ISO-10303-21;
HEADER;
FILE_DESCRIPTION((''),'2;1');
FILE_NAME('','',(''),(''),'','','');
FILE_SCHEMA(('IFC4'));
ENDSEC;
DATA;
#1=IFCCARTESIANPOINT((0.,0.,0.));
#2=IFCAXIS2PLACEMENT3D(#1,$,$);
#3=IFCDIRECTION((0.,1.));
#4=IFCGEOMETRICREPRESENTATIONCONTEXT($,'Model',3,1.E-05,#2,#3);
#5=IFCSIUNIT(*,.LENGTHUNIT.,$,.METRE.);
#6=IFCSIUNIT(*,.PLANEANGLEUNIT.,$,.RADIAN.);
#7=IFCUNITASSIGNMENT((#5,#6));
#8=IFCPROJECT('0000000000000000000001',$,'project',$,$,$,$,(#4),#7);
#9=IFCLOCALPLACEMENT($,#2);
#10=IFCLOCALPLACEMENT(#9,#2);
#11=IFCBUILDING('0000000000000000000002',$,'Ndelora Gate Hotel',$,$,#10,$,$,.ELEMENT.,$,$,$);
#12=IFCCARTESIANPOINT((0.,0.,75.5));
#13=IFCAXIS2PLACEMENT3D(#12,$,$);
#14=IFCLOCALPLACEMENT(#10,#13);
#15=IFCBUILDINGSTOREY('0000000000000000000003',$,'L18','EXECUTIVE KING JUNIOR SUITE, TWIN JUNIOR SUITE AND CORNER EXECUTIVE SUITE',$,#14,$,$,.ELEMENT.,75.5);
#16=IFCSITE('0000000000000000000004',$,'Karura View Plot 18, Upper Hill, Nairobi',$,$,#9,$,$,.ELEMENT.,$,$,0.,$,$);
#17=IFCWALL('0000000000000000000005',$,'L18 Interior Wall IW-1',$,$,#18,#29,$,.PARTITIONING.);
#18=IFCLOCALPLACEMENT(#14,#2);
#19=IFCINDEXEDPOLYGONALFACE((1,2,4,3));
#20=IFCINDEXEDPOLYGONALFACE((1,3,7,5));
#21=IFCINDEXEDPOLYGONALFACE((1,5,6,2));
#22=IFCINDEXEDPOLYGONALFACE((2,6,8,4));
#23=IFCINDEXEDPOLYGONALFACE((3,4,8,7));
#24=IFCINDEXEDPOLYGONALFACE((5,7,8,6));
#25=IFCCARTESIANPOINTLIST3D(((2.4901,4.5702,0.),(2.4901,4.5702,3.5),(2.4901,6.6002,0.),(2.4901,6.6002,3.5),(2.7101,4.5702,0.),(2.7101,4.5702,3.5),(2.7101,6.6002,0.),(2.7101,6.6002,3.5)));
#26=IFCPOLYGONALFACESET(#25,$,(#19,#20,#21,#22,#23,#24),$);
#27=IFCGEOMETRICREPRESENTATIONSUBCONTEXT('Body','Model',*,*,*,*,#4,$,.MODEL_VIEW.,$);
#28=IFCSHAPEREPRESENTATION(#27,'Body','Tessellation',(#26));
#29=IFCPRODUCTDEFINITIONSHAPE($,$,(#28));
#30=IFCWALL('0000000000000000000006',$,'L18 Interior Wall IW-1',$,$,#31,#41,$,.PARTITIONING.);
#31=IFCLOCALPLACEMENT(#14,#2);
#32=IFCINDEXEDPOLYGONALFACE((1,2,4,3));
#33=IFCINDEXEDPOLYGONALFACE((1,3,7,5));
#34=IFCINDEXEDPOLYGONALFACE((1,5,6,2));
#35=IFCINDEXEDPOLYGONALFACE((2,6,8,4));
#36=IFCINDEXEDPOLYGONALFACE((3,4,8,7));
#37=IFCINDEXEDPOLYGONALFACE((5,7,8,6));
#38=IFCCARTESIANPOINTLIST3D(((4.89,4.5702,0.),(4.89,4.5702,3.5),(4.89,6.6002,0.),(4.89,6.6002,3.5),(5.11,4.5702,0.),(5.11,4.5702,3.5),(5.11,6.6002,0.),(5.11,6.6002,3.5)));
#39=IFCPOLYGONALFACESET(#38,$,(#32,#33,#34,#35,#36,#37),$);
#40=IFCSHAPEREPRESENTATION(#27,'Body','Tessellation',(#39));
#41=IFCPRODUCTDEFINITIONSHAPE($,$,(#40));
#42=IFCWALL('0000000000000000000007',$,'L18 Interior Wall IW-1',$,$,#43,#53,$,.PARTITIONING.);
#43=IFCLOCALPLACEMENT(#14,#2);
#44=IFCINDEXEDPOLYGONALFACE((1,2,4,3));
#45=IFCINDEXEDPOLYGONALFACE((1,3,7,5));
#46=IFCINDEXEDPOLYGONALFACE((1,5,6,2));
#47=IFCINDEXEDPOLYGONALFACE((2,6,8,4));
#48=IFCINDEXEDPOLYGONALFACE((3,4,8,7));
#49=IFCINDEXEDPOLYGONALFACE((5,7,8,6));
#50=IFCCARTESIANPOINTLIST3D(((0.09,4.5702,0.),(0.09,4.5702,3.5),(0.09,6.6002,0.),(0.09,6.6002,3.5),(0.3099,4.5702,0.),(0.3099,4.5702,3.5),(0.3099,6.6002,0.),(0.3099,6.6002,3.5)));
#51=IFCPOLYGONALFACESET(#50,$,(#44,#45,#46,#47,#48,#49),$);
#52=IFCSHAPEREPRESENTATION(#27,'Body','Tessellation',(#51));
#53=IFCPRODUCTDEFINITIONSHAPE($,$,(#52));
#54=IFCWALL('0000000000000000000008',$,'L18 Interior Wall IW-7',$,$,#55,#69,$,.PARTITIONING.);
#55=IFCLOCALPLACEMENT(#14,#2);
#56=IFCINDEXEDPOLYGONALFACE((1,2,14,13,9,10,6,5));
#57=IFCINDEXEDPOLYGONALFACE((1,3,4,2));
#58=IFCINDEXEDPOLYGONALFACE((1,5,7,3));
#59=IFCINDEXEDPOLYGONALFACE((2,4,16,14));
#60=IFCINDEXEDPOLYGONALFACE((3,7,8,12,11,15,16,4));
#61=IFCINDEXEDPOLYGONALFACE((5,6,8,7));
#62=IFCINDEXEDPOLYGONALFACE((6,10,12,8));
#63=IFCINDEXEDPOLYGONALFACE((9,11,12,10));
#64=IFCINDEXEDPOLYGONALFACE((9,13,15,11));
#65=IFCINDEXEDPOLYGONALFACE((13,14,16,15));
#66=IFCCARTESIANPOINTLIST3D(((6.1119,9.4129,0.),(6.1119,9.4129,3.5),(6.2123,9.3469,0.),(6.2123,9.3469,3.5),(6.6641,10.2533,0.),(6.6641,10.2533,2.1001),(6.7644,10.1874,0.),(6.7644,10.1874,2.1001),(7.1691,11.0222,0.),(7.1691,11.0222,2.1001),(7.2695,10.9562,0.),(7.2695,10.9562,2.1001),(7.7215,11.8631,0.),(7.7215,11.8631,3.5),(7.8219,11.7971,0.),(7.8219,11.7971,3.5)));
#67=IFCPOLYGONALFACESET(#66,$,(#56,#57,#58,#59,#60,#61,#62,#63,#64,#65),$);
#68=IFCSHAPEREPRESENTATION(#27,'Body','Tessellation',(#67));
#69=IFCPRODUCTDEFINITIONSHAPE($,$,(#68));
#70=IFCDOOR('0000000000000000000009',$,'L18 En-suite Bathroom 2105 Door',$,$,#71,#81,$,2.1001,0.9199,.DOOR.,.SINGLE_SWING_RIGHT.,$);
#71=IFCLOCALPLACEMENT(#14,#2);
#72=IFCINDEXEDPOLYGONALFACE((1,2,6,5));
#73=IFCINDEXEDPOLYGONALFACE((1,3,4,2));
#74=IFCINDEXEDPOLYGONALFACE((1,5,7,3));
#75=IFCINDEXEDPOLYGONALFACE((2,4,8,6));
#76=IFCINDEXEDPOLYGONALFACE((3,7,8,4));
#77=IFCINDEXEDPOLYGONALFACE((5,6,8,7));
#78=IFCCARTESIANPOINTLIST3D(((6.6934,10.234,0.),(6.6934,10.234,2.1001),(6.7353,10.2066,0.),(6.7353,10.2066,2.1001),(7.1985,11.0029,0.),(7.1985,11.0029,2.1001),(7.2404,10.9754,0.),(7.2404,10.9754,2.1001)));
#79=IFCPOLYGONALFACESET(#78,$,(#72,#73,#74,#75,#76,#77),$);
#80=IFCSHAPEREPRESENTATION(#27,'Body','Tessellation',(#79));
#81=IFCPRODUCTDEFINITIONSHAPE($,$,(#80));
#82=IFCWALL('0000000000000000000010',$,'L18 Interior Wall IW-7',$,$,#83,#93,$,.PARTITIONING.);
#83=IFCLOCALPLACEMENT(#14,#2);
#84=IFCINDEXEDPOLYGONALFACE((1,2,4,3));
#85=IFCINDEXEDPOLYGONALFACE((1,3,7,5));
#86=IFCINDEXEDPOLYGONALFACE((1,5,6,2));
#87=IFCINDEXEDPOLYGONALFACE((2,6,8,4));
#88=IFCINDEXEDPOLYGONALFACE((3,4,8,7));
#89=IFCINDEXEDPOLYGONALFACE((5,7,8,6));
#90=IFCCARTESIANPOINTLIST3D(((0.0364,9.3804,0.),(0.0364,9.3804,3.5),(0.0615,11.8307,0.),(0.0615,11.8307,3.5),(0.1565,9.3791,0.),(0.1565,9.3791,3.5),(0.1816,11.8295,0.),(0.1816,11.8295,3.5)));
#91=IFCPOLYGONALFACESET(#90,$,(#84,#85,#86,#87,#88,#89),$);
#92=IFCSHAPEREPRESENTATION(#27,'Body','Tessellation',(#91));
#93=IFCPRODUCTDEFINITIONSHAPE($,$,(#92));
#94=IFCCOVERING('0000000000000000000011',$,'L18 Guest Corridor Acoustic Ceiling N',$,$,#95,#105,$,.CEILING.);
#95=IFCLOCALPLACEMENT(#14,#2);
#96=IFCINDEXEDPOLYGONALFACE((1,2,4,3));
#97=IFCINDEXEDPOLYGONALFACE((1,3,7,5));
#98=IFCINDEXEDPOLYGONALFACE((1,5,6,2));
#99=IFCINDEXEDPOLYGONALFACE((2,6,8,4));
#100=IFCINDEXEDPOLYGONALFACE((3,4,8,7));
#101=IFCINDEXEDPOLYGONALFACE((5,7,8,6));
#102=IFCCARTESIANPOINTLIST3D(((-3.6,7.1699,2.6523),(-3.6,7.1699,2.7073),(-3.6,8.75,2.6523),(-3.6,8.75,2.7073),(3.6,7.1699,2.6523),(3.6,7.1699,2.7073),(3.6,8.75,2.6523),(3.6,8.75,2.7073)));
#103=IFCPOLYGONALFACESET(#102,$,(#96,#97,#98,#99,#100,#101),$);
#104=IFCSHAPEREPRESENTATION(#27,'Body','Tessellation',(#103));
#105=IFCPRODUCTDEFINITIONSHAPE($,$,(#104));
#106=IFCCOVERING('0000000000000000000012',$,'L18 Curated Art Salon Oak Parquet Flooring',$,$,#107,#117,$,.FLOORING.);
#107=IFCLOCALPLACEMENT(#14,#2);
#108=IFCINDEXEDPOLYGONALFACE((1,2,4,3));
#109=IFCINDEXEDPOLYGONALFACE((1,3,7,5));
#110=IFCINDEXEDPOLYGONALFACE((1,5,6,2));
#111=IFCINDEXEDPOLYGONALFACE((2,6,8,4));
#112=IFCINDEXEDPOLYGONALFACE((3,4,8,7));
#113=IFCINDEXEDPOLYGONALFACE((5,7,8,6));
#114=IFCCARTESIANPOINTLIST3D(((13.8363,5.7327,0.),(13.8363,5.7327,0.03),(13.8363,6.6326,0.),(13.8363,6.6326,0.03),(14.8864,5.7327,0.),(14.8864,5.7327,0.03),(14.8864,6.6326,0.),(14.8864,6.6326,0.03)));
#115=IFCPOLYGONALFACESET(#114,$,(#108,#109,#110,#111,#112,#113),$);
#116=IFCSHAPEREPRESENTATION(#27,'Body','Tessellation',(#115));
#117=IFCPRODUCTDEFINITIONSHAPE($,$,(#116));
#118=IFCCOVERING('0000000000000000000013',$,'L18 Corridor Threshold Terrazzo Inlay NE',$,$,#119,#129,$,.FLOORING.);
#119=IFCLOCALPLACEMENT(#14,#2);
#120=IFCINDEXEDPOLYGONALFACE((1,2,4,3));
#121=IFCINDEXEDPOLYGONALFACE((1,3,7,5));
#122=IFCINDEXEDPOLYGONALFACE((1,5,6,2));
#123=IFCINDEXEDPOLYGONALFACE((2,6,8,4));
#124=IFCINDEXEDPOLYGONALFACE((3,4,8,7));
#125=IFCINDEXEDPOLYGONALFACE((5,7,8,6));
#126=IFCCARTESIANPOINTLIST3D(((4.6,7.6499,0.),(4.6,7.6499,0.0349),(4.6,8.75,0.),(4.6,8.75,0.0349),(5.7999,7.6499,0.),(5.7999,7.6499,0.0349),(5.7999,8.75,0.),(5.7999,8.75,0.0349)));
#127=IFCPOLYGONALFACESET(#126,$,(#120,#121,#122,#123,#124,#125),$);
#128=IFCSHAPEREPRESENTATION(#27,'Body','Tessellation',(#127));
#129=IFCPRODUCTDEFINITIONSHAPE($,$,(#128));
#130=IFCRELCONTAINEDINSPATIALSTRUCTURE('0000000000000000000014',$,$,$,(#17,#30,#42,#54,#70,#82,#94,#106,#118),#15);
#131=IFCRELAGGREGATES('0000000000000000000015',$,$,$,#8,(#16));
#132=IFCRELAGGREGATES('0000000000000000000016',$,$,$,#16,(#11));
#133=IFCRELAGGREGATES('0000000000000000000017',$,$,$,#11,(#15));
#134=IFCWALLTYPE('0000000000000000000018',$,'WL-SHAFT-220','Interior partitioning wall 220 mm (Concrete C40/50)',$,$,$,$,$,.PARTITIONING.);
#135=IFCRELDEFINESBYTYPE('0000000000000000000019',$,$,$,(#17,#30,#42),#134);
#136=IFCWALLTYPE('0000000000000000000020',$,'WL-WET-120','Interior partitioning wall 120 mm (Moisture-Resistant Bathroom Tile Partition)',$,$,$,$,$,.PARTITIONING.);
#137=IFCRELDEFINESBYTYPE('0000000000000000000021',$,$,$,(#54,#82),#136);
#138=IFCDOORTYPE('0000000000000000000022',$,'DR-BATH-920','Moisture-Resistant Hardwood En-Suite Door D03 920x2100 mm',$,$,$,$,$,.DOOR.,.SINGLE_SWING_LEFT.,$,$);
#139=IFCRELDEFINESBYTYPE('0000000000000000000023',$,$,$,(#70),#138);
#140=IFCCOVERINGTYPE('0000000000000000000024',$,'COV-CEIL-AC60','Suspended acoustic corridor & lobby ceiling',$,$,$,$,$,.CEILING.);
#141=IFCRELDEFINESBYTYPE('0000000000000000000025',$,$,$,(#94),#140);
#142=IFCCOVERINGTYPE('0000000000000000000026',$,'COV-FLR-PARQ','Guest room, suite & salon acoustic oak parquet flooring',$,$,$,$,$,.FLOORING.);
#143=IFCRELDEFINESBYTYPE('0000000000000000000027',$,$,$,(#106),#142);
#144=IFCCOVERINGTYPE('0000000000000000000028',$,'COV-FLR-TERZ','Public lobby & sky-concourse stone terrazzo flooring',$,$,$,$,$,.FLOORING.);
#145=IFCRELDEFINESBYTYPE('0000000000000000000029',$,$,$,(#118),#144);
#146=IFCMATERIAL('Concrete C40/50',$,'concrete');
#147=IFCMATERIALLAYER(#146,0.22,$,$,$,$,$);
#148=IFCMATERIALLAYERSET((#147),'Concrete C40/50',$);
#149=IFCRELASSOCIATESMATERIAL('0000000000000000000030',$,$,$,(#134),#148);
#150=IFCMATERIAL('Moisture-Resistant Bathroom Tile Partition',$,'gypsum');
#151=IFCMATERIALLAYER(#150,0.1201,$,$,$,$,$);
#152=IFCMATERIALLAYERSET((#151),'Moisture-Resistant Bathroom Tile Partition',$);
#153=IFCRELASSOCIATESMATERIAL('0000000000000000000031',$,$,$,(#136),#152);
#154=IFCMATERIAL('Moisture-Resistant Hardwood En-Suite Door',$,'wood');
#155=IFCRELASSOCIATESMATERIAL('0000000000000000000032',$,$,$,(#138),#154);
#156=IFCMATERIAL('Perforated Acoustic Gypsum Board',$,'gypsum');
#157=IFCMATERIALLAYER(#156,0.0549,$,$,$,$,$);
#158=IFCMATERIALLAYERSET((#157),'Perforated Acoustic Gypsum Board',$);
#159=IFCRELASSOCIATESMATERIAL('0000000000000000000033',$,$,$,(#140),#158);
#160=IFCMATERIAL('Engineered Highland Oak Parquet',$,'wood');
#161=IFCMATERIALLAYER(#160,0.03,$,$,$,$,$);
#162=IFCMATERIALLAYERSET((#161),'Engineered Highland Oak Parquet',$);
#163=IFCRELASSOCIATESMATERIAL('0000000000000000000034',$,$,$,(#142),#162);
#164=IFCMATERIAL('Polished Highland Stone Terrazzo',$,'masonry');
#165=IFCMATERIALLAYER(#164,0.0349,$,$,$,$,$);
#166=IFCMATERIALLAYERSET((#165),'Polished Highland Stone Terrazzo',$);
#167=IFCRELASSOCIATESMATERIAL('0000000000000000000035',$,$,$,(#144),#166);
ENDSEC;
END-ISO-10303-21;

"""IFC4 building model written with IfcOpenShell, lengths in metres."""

from ifc_helpers import new_model, si_unit, direction, frame, frame_2d, origin, origin_2d, place, context, subcontext, project, spatial, rectangle, extrude, material, layer, layer_set, type_object, element, fill, save


model = new_model("IFC4")

# Units and contexts
model_context = context("Model", 3, precision=1e-05, world=origin(), true_north=direction((0.0, 1.0)))
body_context = subcontext(model_context, "Body", "Model", "MODEL_VIEW")
ifc_project = project(units=[si_unit("LENGTHUNIT", "METRE"), si_unit("PLANEANGLEUNIT", "RADIAN")], contexts=[model_context])

# Site, building, storey
site_placement = place(None, origin())
site = spatial("IfcSite", under=ifc_project, at=site_placement, Name="Karura View Plot 18, Upper Hill, Nairobi", CompositionType="ELEMENT", RefElevation=0.0)
building_placement = place(site_placement, origin())
building = spatial("IfcBuilding", under=site, at=building_placement, Name="Ndelora Gate Hotel", CompositionType="ELEMENT")
storey_placement = place(building_placement, frame((0.0, 0.0, 75.5)))
storey = spatial("IfcBuildingStorey", under=building, at=storey_placement, Name="L18", Description="EXECUTIVE KING JUNIOR SUITE, TWIN JUNIOR SUITE AND CORNER EXECUTIVE SUITE", CompositionType="ELEMENT", Elevation=75.5)

# Shared definitions
ifc_material_1 = material(Name="Concrete C40/50", Category="concrete")
ifc_layer_1 = layer(ifc_material_1, 0.22)
ifc_layer_set_1 = layer_set([ifc_layer_1], Name="Concrete C40/50")
wall_type_1 = type_object("IfcWallType", Name="WL-SHAFT-220", Description="Interior partitioning wall 220 mm (Concrete C40/50)", PredefinedType="PARTITIONING", material=ifc_layer_set_1)

# Walls
for number, where, z_axis, x_axis, name in (
    (1, (2.6001, 4.5701, 0.0), (0.0, 0.0, 1.0), (0.0, 1.0, 0.0), "L18 Interior Wall IW-1"),
    (2, (5.0, 4.5701, 0.0), (0.0, 0.0, 1.0), (0.0, 1.0, 0.0), "L18 Interior Wall IW-1"),
    (3, (0.2, 4.5701, 0.0), (0.0, 0.0, 1.0), (0.0, 1.0, 0.0), "L18 Interior Wall IW-1"),
):
    element("IfcWall", number, at=place(storey_placement, frame(where, z_axis=z_axis, x_axis=x_axis)), inside=storey, type_object=wall_type_1, Name=name, PredefinedType="PARTITIONING", context=body_context, shape_type="SweptSolid", body=[
        extrude(rectangle(XDim=2.03, YDim=0.22, at=frame_2d((1.0151, 0.0))), origin(), (0.0, 0.0, 1.0), 3.5),
    ])

# Wall, opening, door
ifc_material_2 = material(Name="Moisture-Resistant Bathroom Tile Partition", Category="gypsum")
ifc_layer_2 = layer(ifc_material_2, 0.1201)
ifc_layer_set_2 = layer_set([ifc_layer_2], Name="Moisture-Resistant Bathroom Tile Partition")
wall_type_2 = type_object("IfcWallType", Name="WL-WET-120", Description="Interior partitioning wall 120 mm (Moisture-Resistant Bathroom Tile Partition)", PredefinedType="PARTITIONING", material=ifc_layer_set_2)
wall_1_placement = place(storey_placement, frame((6.1621, 9.3799, 0.0), z_axis=(0.0, 0.0, 1.0), x_axis=(0.549057, 0.835785, 0.0)))
wall_1 = element("IfcWall", 4, at=wall_1_placement, inside=storey, type_object=wall_type_2, Name="L18 Interior Wall IW-7", PredefinedType="PARTITIONING", context=body_context, shape_type="SweptSolid", body=[
    extrude(rectangle(XDim=2.9316, YDim=0.1201, at=frame_2d((1.4658, 0.0))), origin(), (0.0, 0.0, 1.0), 3.5),
])
opening_1_placement = place(wall_1_placement, frame((1.0056, 0.0, 0.0)))
opening_1 = element("IfcOpeningElement", 5, at=opening_1_placement, cuts=wall_1, PredefinedType="OPENING", context=body_context, shape_type="SweptSolid", body=[
    extrude(rectangle(XDim=0.9199, YDim=2.1001, at=frame_2d((0.46, 1.05))), frame((0.0, 0.0701, 0.0), z_axis=(0.0, -1.0, 0.0), x_axis=(1.0, 0.0, 0.0)), (0.0, 0.0, 1.0), 0.1401),
])
ifc_material_3 = material(Name="Moisture-Resistant Hardwood En-Suite Door", Category="wood")
door_type_1 = type_object("IfcDoorType", Name="DR-BATH-920", Description="Moisture-Resistant Hardwood En-Suite Door D03 920x2100 mm", OperationType="SINGLE_SWING_LEFT", PredefinedType="DOOR", material=ifc_material_3)
door_1_placement = place(opening_1_placement, origin())
door_1 = element("IfcDoor", 6, at=door_1_placement, inside=storey, type_object=door_type_1, Name="L18 En-suite Bathroom 2105 Door", OperationType="SINGLE_SWING_RIGHT", OverallHeight=2.1001, OverallWidth=0.9199, PredefinedType="DOOR", context=body_context, shape_type="SweptSolid", body=[
    extrude(rectangle(XDim=0.9199, YDim=2.1001, at=frame_2d((0.46, 1.05))), frame((0.0, 0.0249, 0.0), z_axis=(0.0, -1.0, 0.0), x_axis=(1.0, 0.0, 0.0)), (0.0, 0.0, 1.0), 0.05),
])
fill(opening_1, door_1)

# Wall
wall_2_placement = place(storey_placement, frame((0.0964, 9.3799, 0.0), z_axis=(0.0, 0.0, 1.0), x_axis=(0.010263, 0.999947, 0.0)))
element("IfcWall", 7, at=wall_2_placement, inside=storey, type_object=wall_type_2, Name="L18 Interior Wall IW-7", PredefinedType="PARTITIONING", context=body_context, shape_type="SweptSolid", body=[
    extrude(rectangle(XDim=2.4504, YDim=0.1201, at=frame_2d((1.2251, 0.0))), origin(), (0.0, 0.0, 1.0), 3.5),
])

# Coverings
ifc_material_4 = material(Name="Perforated Acoustic Gypsum Board", Category="gypsum")
ifc_layer_3 = layer(ifc_material_4, 0.0549)
ifc_layer_set_3 = layer_set([ifc_layer_3], Name="Perforated Acoustic Gypsum Board")
covering_type_1 = type_object("IfcCoveringType", Name="COV-CEIL-AC60", Description="Suspended acoustic corridor & lobby ceiling", PredefinedType="CEILING", material=ifc_layer_set_3)
covering_1_placement = place(storey_placement, frame((0.0, 7.96, 2.6523), z_axis=(0.0, 0.0, 1.0), x_axis=(1.0, 0.0, 0.0)))
element("IfcCovering", 8, at=covering_1_placement, inside=storey, type_object=covering_type_1, Name="L18 Guest Corridor Acoustic Ceiling N", PredefinedType="CEILING", context=body_context, shape_type="SweptSolid", body=[
    extrude(rectangle(XDim=7.2, YDim=1.5801, at=origin_2d()), origin(), (0.0, 0.0, 1.0), 0.0549),
])
ifc_material_5 = material(Name="Engineered Highland Oak Parquet", Category="wood")
ifc_layer_4 = layer(ifc_material_5, 0.03)
ifc_layer_set_4 = layer_set([ifc_layer_4], Name="Engineered Highland Oak Parquet")
covering_type_2 = type_object("IfcCoveringType", Name="COV-FLR-PARQ", Description="Guest room, suite & salon acoustic oak parquet flooring", PredefinedType="FLOORING", material=ifc_layer_set_4)
covering_2_placement = place(storey_placement, frame((14.3613, 6.1826, 0.0), z_axis=(0.0, 0.0, 1.0), x_axis=(1.0, 0.0, 0.0)))
element("IfcCovering", 9, at=covering_2_placement, inside=storey, type_object=covering_type_2, Name="L18 Curated Art Salon Oak Parquet Flooring", PredefinedType="FLOORING", context=body_context, shape_type="SweptSolid", body=[
    extrude(rectangle(XDim=1.05, YDim=0.8999, at=origin_2d()), origin(), (0.0, 0.0, 1.0), 0.03),
])
ifc_material_6 = material(Name="Polished Highland Stone Terrazzo", Category="masonry")
ifc_layer_5 = layer(ifc_material_6, 0.0349)
ifc_layer_set_5 = layer_set([ifc_layer_5], Name="Polished Highland Stone Terrazzo")
covering_type_3 = type_object("IfcCoveringType", Name="COV-FLR-TERZ", Description="Public lobby & sky-concourse stone terrazzo flooring", PredefinedType="FLOORING", material=ifc_layer_set_5)
covering_3_placement = place(storey_placement, frame((5.2, 8.2, 0.0), z_axis=(0.0, 0.0, 1.0), x_axis=(1.0, 0.0, 0.0)))
element("IfcCovering", 10, at=covering_3_placement, inside=storey, type_object=covering_type_3, Name="L18 Corridor Threshold Terrazzo Inlay NE", PredefinedType="FLOORING", context=body_context, shape_type="SweptSolid", body=[
    extrude(rectangle(XDim=1.2, YDim=1.1001, at=origin_2d()), origin(), (0.0, 0.0, 1.0), 0.0349),
])

save(model, "model.ifc")
